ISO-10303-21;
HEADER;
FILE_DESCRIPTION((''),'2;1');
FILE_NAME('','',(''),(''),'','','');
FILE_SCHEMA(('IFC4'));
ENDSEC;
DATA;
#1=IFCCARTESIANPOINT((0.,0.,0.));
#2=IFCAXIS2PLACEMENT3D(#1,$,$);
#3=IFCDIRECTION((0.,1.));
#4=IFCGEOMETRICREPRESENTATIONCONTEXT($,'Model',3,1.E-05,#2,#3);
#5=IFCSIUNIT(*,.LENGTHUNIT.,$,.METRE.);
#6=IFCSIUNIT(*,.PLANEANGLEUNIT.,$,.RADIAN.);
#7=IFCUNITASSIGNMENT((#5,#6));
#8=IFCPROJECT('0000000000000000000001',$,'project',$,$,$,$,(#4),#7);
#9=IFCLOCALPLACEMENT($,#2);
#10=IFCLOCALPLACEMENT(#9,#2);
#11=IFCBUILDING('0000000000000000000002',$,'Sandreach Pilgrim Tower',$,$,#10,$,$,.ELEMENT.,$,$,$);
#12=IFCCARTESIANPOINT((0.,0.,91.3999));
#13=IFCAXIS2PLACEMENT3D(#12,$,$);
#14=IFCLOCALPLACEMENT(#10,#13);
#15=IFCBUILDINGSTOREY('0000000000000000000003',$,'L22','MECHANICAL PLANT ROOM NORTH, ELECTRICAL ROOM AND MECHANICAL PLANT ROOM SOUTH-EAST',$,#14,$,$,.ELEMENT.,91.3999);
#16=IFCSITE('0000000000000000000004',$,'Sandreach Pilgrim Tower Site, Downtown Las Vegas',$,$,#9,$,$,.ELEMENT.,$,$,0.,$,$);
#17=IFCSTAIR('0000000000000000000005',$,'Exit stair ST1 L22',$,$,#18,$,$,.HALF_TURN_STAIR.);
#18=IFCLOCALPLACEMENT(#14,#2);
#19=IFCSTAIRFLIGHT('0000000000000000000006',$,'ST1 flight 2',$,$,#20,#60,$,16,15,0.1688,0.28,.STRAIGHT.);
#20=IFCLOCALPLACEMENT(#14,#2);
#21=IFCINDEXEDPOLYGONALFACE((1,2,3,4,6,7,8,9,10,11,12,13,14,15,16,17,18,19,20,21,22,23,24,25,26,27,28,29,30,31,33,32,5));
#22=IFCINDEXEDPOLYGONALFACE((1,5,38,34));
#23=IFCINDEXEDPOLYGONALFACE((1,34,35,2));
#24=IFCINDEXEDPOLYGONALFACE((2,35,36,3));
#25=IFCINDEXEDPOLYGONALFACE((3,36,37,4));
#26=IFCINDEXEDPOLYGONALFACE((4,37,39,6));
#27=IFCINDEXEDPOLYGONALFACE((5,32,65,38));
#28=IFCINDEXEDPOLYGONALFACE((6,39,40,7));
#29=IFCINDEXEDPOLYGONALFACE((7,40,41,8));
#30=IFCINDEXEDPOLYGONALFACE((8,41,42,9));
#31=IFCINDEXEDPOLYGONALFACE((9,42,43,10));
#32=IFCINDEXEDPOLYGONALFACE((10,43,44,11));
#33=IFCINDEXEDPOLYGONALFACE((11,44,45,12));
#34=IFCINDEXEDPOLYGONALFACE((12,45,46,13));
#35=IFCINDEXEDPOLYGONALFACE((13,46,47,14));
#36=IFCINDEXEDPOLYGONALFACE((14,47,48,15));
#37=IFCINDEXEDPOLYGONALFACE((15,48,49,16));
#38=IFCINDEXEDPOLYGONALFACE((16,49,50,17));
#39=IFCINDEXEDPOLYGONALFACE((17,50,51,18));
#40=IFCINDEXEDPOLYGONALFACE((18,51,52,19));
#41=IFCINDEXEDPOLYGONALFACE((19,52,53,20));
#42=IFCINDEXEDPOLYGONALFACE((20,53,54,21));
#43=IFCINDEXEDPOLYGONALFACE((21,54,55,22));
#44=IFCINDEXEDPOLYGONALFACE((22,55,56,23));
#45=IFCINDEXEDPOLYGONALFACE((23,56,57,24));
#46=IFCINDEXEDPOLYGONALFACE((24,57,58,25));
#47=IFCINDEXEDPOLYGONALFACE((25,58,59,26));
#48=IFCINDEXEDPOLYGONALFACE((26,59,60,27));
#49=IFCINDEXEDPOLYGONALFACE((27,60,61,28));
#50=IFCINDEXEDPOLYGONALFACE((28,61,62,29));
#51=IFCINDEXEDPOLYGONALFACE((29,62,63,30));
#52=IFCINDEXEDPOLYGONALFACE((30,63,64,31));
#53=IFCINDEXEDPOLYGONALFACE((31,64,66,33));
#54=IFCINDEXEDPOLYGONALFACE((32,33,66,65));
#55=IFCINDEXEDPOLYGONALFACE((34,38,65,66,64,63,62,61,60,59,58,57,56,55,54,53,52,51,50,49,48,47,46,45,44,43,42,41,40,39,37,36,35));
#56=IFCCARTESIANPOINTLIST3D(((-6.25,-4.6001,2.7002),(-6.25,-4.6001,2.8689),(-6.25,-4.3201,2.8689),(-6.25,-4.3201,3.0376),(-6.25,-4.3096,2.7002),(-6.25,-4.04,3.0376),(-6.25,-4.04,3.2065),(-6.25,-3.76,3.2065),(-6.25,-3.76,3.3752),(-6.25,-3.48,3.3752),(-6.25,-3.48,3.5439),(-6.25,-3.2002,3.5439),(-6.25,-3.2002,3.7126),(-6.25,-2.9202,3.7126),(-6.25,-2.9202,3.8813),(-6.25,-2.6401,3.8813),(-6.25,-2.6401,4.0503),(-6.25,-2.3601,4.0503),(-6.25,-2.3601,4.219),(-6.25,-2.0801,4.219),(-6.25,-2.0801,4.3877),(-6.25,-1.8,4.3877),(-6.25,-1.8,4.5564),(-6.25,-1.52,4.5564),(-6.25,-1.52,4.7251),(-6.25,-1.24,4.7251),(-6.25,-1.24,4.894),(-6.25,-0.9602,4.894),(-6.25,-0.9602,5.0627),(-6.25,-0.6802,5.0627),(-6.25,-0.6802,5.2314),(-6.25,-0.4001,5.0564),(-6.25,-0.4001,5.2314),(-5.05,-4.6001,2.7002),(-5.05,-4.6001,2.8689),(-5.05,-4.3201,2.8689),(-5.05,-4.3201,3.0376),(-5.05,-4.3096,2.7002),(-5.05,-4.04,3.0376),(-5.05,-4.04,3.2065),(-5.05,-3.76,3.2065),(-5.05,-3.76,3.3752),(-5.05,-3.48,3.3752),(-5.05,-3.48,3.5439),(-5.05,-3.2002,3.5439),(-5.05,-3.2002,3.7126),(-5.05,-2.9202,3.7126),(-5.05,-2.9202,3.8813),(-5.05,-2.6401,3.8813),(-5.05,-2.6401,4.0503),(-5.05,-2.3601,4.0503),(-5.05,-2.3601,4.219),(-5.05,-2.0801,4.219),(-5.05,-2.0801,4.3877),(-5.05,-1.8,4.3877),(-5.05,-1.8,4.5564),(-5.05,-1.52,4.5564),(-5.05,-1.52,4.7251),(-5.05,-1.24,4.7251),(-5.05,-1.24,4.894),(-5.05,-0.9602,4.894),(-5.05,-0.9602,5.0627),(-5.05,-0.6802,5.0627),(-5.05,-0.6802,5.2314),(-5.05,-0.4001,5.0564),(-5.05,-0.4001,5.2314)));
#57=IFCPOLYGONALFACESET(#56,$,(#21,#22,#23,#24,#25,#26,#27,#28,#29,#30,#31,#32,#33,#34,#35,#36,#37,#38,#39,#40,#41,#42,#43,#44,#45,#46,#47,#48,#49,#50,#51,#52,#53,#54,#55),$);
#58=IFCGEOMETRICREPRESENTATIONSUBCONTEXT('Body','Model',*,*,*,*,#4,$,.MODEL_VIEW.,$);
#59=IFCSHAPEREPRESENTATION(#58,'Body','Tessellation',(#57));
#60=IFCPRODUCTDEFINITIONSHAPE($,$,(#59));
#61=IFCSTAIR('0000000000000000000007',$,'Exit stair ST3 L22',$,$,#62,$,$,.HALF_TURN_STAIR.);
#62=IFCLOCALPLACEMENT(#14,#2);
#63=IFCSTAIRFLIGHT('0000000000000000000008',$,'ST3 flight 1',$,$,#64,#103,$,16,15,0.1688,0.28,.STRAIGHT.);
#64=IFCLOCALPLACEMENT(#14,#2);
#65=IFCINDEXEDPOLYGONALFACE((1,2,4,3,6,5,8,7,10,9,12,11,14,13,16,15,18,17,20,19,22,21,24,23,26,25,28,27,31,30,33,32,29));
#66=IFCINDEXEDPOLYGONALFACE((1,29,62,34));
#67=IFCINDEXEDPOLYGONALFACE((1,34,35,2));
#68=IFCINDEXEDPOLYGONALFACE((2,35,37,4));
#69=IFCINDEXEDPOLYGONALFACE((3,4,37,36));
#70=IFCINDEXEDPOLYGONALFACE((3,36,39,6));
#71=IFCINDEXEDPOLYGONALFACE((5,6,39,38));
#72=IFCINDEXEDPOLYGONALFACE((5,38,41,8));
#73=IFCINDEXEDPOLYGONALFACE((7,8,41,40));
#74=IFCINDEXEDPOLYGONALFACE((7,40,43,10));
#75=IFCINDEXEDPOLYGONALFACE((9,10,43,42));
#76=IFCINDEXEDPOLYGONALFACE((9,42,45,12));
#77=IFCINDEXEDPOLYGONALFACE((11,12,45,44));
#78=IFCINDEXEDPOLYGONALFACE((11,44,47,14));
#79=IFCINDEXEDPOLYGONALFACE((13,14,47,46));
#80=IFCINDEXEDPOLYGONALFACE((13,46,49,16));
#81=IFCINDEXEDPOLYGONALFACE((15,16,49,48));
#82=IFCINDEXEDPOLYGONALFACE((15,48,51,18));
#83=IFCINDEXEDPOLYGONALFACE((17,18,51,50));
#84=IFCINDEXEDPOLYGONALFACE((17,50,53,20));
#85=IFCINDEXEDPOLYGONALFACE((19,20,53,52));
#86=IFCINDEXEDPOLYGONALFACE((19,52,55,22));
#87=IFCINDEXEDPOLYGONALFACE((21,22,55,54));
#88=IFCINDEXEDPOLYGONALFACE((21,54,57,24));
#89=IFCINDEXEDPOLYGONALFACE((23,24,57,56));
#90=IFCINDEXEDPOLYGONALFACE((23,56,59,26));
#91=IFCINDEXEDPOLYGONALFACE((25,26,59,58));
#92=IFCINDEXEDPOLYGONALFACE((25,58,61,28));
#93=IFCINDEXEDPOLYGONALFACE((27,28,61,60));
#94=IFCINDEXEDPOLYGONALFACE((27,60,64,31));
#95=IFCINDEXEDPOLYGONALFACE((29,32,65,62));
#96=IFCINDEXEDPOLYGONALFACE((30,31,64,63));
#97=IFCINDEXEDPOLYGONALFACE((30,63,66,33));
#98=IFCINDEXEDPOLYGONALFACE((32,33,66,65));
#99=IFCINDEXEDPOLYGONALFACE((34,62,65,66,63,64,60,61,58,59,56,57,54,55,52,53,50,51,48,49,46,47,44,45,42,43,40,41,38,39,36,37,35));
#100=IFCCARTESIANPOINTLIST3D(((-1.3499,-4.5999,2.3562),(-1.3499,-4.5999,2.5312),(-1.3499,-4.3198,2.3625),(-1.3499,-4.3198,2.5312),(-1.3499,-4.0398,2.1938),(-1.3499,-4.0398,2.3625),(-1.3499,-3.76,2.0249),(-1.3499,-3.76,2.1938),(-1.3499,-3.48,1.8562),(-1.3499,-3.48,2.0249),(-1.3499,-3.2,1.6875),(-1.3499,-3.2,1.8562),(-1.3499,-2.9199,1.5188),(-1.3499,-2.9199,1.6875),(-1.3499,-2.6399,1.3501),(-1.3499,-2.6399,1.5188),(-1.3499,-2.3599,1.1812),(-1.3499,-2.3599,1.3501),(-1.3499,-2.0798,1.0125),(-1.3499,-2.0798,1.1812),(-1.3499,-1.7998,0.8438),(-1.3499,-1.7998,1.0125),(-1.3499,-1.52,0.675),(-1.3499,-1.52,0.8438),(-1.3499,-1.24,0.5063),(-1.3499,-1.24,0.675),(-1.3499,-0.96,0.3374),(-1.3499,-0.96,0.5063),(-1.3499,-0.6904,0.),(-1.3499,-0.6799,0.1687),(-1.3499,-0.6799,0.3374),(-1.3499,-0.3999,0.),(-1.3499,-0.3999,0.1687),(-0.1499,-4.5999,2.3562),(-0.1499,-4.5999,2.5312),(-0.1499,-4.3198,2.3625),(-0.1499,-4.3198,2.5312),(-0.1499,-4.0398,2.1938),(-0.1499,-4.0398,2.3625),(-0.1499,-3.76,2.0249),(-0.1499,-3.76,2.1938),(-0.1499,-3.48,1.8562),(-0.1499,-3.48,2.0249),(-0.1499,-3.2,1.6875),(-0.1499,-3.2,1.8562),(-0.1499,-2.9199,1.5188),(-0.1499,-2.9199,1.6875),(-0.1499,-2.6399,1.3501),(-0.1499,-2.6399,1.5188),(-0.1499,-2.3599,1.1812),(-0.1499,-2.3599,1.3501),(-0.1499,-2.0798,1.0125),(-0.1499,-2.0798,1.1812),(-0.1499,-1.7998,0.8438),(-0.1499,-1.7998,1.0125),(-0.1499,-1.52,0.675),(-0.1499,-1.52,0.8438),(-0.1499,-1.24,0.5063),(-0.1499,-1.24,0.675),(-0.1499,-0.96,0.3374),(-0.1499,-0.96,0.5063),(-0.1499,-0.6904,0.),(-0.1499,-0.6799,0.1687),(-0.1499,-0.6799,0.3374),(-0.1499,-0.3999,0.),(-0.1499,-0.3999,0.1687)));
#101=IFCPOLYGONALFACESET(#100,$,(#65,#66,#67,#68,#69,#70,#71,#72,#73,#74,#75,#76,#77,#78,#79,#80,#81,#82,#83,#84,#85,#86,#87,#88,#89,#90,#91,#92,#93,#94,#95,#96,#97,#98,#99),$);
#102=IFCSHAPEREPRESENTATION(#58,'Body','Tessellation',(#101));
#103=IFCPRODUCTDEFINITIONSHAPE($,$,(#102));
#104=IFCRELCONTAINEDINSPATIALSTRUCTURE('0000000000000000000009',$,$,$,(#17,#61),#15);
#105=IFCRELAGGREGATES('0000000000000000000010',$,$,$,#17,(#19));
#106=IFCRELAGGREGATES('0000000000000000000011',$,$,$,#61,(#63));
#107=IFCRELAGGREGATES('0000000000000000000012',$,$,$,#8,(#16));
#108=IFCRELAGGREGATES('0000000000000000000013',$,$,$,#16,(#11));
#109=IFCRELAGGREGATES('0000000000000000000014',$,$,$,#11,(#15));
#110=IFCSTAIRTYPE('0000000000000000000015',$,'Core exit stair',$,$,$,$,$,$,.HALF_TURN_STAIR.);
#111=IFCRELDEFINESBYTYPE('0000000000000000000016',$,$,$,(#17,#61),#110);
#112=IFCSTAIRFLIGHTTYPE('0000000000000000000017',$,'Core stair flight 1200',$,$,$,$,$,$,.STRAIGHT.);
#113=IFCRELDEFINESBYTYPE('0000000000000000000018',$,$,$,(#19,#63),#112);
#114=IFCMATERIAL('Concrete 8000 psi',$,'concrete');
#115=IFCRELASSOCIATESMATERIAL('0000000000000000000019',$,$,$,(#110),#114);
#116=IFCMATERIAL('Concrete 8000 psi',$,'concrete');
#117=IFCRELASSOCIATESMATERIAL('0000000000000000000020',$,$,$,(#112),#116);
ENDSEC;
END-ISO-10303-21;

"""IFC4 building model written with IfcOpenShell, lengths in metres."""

from ifc_helpers import new_model, si_unit, direction, frame, origin, place, context, subcontext, project, spatial, polyline, outline, extrude, material, type_object, element, aggregate, save


model = new_model("IFC4")

# Units and contexts
model_context = context("Model", 3, precision=1e-05, world=origin(), true_north=direction((0.0, 1.0)))
body_context = subcontext(model_context, "Body", "Model", "MODEL_VIEW")
ifc_project = project(units=[si_unit("LENGTHUNIT", "METRE"), si_unit("PLANEANGLEUNIT", "RADIAN")], contexts=[model_context])

# Site, building, storey
site_placement = place(None, origin())
site = spatial("IfcSite", under=ifc_project, at=site_placement, Name="Sandreach Pilgrim Tower Site, Downtown Las Vegas", CompositionType="ELEMENT", RefElevation=0.0)
building_placement = place(site_placement, origin())
building = spatial("IfcBuilding", under=site, at=building_placement, Name="Sandreach Pilgrim Tower", CompositionType="ELEMENT")
storey_placement = place(building_placement, frame((0.0, 0.0, 91.3999)))
storey = spatial("IfcBuildingStorey", under=building, at=storey_placement, Name="L22", Description="MECHANICAL PLANT ROOM NORTH, ELECTRICAL ROOM AND MECHANICAL PLANT ROOM SOUTH-EAST", CompositionType="ELEMENT", Elevation=91.3999)

# Stair, stair flight
ifc_material_1 = material(Name="Concrete 8000 psi", Category="concrete")
stair_type = type_object("IfcStairType", Name="Core exit stair", PredefinedType="HALF_TURN_STAIR", material=ifc_material_1)
stair_1_placement = place(storey_placement, origin())
stair_1 = element("IfcStair", 1, at=stair_1_placement, inside=storey, type_object=stair_type, Name="Exit stair ST1 L22", PredefinedType="HALF_TURN_STAIR")
ifc_material_2 = material(Name="Concrete 8000 psi", Category="concrete")
stair_flight_type = type_object("IfcStairFlightType", Name="Core stair flight 1200", PredefinedType="STRAIGHT", material=ifc_material_2)
stair_flight_1_placement = place(storey_placement, frame((-5.6499, -4.6001, 2.7002), z_axis=(0.0, 0.0, 1.0), x_axis=(0.0, 1.0, 0.0)))
stair_flight_1 = element("IfcStairFlight", 2, at=stair_flight_1_placement, type_object=stair_flight_type, Name="ST1 flight 2", NumberOfRisers=16, NumberOfTreads=15, PredefinedType="STRAIGHT", RiserHeight=0.1688, TreadLength=0.28, context=body_context, shape_type="SweptSolid", body=[
    extrude(outline(polyline([(0.0, 0.0), (0.0, 0.1687), (0.28, 0.1687), (0.28, 0.3374), (0.5601, 0.3374), (0.5601, 0.5063), (0.8401, 0.5063), (0.8401, 0.675), (1.1201, 0.675), (1.1201, 0.8438), (1.3999, 0.8438), (1.3999, 1.0125), (1.6799, 1.0125), (1.6799, 1.1812), (1.96, 1.1812), (1.96, 1.3501), (2.24, 1.3501), (2.24, 1.5188), (2.52, 1.5188), (2.52, 1.6875), (2.8, 1.6875), (2.8, 1.8562), (3.0801, 1.8562), (3.0801, 2.0249), (3.3601, 2.0249), (3.3601, 2.1938), (3.6399, 2.1938), (3.6399, 2.3625), (3.9199, 2.3625), (3.9199, 2.5312), (4.2, 2.5312), (4.2, 2.7), (4.2, 2.3562), (0.2905, 0.0), (0.0, 0.0)])), frame((0.0, 0.6001, 0.0), z_axis=(0.0, -1.0, 0.0), x_axis=(1.0, 0.0, 0.0)), (0.0, 0.0, 1.0), 1.2),
])
aggregate(stair_1, [stair_flight_1])

# Stair, stair flight
stair_2_placement = place(storey_placement, origin())
stair_2 = element("IfcStair", 3, at=stair_2_placement, inside=storey, type_object=stair_type, Name="Exit stair ST3 L22", PredefinedType="HALF_TURN_STAIR")
stair_flight_2_placement = place(storey_placement, frame((-0.75, -0.3999, 0.0), z_axis=(0.0, 0.0, 1.0), x_axis=(0.0, -1.0, 0.0)))
stair_flight_2 = element("IfcStairFlight", 4, at=stair_flight_2_placement, type_object=stair_flight_type, Name="ST3 flight 1", NumberOfRisers=16, NumberOfTreads=15, PredefinedType="STRAIGHT", RiserHeight=0.1688, TreadLength=0.28, context=body_context, shape_type="SweptSolid", body=[
    extrude(outline(polyline([(0.0, 0.0), (0.0, 0.1687), (0.28, 0.1687), (0.28, 0.3374), (0.5601, 0.3374), (0.5601, 0.5063), (0.8401, 0.5063), (0.8401, 0.675), (1.1201, 0.675), (1.1201, 0.8438), (1.3999, 0.8438), (1.3999, 1.0125), (1.6799, 1.0125), (1.6799, 1.1812), (1.96, 1.1812), (1.96, 1.3501), (2.24, 1.3501), (2.24, 1.5188), (2.52, 1.5188), (2.52, 1.6875), (2.8, 1.6875), (2.8, 1.8562), (3.0801, 1.8562), (3.0801, 2.0249), (3.3601, 2.0249), (3.3601, 2.1938), (3.6399, 2.1938), (3.6399, 2.3625), (3.9199, 2.3625), (3.9199, 2.5312), (4.2, 2.5312), (4.2, 2.7), (4.2, 2.3562), (0.2905, 0.0), (0.0, 0.0)])), frame((0.0, 0.6001, 0.0), z_axis=(0.0, -1.0, 0.0), x_axis=(1.0, 0.0, 0.0)), (0.0, 0.0, 1.0), 1.2),
])
aggregate(stair_2, [stair_flight_2])

save(model, "model.ifc")
